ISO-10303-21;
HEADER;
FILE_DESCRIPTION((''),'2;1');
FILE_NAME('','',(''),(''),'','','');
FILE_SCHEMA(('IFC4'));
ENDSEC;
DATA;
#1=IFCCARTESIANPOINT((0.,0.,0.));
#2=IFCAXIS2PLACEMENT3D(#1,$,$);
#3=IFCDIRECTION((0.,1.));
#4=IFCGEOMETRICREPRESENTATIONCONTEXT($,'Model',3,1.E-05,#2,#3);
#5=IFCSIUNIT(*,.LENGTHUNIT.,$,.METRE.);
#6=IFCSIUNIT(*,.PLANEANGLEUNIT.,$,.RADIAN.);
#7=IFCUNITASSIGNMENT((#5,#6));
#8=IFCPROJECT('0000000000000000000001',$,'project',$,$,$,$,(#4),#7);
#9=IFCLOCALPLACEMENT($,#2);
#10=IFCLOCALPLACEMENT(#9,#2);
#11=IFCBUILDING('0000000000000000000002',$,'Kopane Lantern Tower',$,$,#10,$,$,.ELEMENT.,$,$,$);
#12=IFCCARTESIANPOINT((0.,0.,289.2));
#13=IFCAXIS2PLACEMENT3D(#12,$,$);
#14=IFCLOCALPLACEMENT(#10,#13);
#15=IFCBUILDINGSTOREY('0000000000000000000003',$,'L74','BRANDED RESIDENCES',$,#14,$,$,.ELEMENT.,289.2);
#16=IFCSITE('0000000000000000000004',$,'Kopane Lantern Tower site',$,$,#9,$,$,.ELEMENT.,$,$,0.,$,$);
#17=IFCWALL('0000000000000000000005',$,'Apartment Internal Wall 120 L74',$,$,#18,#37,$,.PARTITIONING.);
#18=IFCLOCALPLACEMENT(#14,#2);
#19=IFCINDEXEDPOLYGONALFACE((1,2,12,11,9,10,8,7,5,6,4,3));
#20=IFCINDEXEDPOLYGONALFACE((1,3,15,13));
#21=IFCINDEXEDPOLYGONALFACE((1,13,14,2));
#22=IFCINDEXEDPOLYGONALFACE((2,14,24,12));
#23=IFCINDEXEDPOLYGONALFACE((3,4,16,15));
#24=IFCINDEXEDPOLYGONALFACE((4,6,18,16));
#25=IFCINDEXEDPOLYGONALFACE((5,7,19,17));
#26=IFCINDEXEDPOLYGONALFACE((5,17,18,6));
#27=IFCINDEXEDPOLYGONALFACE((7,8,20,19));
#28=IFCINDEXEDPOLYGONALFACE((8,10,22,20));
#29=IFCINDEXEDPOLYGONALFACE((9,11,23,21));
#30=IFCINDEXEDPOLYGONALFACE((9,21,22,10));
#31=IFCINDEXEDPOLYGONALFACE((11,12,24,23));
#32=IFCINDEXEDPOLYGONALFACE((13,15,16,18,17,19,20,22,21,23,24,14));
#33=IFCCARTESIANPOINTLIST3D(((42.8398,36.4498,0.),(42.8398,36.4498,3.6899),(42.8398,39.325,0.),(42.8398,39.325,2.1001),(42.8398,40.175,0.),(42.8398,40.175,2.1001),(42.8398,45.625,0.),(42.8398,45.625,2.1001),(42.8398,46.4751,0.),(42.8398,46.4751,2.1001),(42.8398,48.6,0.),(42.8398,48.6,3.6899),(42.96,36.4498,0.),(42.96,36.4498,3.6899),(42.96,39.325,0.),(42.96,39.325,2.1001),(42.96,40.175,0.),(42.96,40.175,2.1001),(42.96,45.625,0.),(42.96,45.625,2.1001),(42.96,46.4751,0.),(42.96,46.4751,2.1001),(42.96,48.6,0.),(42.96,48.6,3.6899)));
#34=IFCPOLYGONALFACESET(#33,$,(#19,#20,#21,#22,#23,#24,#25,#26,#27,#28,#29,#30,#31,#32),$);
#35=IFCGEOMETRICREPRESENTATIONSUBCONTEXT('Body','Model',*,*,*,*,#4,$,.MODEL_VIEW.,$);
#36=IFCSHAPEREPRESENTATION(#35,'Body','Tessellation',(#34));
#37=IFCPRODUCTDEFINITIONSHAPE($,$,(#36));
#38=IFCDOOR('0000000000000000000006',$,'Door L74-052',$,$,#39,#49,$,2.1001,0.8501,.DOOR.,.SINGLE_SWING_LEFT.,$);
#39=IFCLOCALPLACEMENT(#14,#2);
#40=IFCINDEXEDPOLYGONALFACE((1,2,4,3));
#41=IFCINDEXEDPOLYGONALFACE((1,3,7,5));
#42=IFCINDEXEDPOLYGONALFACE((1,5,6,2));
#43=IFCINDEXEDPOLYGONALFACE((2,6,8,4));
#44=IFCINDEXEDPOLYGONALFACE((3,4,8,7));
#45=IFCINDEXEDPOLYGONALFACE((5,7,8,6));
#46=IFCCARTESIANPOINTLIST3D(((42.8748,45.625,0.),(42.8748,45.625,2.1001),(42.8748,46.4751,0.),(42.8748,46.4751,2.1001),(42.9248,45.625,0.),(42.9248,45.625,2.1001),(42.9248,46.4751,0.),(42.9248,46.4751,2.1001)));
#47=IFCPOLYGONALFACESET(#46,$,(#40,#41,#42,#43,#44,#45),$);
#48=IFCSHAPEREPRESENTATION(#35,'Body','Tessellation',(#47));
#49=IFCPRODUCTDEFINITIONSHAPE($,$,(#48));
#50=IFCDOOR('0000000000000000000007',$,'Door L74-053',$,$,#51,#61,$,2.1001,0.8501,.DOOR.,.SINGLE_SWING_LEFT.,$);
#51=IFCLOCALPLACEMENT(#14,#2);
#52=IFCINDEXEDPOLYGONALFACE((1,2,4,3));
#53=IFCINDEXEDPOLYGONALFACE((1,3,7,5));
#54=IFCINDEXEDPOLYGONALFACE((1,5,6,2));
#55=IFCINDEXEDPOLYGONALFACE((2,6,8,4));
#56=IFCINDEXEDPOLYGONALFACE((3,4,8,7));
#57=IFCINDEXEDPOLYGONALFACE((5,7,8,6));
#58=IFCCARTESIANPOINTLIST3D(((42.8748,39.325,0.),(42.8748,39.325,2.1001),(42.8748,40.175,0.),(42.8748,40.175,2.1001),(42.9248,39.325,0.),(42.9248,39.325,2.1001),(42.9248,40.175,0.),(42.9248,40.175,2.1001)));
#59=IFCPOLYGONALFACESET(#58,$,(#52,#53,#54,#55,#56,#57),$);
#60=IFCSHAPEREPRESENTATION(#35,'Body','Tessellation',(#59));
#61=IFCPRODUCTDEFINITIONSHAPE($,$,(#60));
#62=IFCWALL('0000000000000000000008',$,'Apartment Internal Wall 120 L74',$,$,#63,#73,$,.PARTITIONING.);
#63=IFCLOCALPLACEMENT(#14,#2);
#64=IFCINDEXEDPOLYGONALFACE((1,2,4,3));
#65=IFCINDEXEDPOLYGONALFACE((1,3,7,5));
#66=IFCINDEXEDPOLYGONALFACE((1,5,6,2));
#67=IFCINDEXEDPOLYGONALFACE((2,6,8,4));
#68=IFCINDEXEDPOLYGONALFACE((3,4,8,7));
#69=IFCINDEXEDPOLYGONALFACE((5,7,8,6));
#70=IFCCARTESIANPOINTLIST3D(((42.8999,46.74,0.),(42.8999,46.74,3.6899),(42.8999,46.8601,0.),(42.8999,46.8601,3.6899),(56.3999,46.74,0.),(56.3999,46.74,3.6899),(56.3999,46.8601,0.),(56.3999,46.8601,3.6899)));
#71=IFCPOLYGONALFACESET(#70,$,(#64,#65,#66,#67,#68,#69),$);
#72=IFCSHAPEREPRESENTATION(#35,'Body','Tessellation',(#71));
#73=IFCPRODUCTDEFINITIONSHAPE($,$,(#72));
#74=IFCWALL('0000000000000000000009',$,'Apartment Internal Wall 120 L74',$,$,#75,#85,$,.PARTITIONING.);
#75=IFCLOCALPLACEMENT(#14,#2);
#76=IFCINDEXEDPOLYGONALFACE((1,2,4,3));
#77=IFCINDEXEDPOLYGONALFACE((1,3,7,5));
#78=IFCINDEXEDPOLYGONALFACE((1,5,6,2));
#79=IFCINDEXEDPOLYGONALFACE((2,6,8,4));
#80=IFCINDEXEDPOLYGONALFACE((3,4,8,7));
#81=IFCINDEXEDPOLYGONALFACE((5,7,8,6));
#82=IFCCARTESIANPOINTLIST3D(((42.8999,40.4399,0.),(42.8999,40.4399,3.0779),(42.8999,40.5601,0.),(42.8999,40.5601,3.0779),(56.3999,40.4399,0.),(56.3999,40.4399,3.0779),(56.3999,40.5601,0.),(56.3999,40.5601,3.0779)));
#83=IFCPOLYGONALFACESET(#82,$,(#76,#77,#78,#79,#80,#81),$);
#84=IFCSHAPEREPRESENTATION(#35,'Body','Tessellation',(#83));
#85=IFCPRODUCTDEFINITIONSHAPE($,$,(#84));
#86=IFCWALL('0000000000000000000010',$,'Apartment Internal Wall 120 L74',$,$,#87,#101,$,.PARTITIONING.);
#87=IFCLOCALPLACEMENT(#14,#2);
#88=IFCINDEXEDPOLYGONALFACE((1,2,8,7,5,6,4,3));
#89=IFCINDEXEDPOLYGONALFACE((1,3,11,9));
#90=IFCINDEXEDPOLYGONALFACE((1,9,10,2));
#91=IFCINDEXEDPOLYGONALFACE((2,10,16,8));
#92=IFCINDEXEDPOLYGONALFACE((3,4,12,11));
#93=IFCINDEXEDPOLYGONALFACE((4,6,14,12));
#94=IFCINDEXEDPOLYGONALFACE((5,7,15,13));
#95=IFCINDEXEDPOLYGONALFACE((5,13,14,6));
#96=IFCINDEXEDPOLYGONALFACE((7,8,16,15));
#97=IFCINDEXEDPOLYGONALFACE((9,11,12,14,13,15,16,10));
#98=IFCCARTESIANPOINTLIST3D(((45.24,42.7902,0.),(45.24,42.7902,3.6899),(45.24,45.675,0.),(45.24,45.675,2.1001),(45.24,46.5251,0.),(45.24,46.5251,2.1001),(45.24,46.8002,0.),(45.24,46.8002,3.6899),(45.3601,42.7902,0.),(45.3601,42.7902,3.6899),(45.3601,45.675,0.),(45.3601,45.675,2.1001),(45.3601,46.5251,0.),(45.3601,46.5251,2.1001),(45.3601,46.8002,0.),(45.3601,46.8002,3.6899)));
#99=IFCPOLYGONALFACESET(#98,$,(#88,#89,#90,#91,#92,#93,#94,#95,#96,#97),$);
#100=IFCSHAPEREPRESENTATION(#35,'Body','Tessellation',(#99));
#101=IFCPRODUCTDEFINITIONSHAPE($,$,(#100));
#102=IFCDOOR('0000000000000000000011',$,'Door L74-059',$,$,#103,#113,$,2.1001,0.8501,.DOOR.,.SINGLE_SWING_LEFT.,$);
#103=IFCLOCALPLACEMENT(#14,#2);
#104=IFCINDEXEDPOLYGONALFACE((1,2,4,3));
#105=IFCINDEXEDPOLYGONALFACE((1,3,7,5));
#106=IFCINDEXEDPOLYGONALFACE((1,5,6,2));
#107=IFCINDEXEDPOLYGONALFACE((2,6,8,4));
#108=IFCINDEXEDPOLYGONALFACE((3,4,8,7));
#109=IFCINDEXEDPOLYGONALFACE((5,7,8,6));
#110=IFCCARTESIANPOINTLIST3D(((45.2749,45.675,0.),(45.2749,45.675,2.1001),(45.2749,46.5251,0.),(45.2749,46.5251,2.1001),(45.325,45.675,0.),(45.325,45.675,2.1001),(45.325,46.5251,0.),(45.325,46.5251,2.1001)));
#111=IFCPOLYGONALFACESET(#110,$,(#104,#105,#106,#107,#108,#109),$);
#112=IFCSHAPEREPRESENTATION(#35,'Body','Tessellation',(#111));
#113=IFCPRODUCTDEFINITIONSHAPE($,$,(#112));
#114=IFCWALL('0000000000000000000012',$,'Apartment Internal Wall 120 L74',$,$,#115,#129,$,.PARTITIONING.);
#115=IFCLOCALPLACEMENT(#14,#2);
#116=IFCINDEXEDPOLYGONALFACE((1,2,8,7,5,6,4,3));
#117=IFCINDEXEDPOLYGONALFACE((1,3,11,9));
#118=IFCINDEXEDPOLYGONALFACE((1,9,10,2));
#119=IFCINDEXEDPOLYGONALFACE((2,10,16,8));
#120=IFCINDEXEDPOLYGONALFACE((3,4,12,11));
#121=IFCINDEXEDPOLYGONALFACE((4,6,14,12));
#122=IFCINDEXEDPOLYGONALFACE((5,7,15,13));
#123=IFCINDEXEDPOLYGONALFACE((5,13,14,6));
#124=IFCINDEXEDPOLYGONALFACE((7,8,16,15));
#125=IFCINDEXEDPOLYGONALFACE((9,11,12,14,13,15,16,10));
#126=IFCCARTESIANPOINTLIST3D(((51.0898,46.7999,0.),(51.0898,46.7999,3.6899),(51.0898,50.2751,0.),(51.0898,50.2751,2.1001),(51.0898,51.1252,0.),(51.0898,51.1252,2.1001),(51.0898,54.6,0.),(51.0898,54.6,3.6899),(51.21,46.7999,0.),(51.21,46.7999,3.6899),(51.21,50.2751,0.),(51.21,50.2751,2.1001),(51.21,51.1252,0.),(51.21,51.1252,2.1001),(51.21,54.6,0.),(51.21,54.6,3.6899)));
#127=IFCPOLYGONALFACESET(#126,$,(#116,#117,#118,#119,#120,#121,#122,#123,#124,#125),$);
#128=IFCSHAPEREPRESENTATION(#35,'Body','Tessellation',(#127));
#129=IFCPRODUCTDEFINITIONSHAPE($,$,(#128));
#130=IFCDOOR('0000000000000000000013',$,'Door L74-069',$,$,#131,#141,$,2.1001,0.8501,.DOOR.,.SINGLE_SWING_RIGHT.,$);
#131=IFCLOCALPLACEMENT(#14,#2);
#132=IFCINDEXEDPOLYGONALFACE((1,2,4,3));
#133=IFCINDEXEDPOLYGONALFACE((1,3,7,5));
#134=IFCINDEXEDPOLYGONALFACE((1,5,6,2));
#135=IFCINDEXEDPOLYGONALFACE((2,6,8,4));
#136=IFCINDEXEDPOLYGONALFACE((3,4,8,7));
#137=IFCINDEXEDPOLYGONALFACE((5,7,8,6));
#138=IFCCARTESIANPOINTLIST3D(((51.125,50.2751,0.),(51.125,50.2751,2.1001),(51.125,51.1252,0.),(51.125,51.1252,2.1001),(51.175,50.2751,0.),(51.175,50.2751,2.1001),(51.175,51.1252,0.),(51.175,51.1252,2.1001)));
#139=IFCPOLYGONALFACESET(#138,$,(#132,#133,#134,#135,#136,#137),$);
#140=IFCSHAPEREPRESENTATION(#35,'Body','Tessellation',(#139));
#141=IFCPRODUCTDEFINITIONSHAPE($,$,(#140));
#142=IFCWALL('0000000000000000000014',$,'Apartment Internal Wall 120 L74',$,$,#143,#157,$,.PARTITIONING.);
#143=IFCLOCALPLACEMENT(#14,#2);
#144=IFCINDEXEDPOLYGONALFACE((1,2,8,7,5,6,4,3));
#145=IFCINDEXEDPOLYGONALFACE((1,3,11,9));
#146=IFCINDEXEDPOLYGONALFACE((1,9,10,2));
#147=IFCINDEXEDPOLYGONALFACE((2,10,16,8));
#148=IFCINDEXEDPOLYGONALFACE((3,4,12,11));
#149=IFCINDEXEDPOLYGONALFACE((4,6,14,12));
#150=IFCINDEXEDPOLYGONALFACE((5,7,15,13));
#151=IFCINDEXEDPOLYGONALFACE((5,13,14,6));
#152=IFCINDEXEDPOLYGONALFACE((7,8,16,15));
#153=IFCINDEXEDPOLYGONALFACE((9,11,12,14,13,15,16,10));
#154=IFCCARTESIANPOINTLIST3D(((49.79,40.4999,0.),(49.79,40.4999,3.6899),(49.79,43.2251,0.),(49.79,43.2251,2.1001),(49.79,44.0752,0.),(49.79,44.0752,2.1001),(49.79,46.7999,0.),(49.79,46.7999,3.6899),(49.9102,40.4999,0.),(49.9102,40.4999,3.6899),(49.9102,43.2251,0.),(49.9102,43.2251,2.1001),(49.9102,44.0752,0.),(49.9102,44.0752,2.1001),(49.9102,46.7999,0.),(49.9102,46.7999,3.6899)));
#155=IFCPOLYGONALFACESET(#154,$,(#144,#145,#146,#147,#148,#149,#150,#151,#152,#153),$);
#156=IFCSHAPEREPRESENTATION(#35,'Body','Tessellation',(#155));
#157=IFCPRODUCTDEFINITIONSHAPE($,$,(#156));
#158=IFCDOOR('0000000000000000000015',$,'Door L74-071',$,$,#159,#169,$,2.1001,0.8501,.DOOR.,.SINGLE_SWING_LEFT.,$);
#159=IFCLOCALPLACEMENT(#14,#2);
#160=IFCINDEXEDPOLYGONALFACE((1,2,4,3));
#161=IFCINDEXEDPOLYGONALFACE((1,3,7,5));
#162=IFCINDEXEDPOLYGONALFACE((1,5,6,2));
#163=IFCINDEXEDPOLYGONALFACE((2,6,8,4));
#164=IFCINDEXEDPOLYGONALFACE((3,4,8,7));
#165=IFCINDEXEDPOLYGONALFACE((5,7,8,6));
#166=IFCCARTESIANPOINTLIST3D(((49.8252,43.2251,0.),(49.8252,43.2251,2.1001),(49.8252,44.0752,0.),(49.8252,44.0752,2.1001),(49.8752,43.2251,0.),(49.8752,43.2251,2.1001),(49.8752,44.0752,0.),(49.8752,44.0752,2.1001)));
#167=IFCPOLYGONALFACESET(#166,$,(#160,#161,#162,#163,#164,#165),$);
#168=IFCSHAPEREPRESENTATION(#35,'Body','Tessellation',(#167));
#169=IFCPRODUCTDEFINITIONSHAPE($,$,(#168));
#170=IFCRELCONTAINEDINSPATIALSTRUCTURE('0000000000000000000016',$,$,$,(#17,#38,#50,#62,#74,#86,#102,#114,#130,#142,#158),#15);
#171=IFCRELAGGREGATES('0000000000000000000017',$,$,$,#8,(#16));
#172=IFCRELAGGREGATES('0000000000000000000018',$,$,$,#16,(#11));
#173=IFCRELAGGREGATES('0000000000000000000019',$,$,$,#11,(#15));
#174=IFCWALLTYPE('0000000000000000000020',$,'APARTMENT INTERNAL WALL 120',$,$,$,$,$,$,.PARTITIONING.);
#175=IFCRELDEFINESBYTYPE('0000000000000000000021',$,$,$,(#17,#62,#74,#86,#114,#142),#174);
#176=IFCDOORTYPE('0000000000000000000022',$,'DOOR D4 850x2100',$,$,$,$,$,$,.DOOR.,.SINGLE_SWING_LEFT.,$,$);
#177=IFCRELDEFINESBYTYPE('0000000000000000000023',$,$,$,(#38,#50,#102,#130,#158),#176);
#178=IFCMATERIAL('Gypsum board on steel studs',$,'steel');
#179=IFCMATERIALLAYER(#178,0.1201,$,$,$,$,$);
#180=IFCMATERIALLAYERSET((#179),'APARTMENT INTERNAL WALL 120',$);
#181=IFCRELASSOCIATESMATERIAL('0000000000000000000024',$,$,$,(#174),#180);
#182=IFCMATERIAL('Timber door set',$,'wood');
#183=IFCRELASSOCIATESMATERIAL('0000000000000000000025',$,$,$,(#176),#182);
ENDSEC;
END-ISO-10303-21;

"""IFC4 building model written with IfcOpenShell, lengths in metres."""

from ifc_helpers import new_model, si_unit, direction, frame, frame_2d, origin, place, context, subcontext, project, spatial, rectangle, extrude, material, layer, layer_set, type_object, element, fill, save


model = new_model("IFC4")

# Units and contexts
model_context = context("Model", 3, precision=1e-05, world=origin(), true_north=direction((0.0, 1.0)))
body_context = subcontext(model_context, "Body", "Model", "MODEL_VIEW")
ifc_project = project(units=[si_unit("LENGTHUNIT", "METRE"), si_unit("PLANEANGLEUNIT", "RADIAN")], contexts=[model_context])

# Site, building, storey
site_placement = place(None, origin())
site = spatial("IfcSite", under=ifc_project, at=site_placement, Name="Kopane Lantern Tower site", CompositionType="ELEMENT", RefElevation=0.0)
building_placement = place(site_placement, origin())
building = spatial("IfcBuilding", under=site, at=building_placement, Name="Kopane Lantern Tower", CompositionType="ELEMENT")
storey_placement = place(building_placement, frame((0.0, 0.0, 289.2)))
storey = spatial("IfcBuildingStorey", under=building, at=storey_placement, Name="L74", Description="BRANDED RESIDENCES", CompositionType="ELEMENT", Elevation=289.2)

# Wall, openings, doors
ifc_material_1 = material(Name="Gypsum board on steel studs", Category="steel")
ifc_layer_1 = layer(ifc_material_1, 0.1201)
ifc_layer_set_1 = layer_set([ifc_layer_1], Name="APARTMENT INTERNAL WALL 120")
wall_type_1 = type_object("IfcWallType", Name="APARTMENT INTERNAL WALL 120", PredefinedType="PARTITIONING", material=ifc_layer_set_1)
wall_1_placement = place(storey_placement, frame((42.8999, 48.6001, 0.0), z_axis=(0.0, 0.0, 1.0), x_axis=(0.0, -1.0, 0.0)))
wall_1 = element("IfcWall", 1, at=wall_1_placement, inside=storey, type_object=wall_type_1, Name="Apartment Internal Wall 120 L74", PredefinedType="PARTITIONING", context=body_context, shape_type="SweptSolid", body=[
    extrude(rectangle(XDim=12.1501, YDim=0.1201, at=frame_2d((6.0752, 0.0))), origin(), (0.0, 0.0, 1.0), 3.6899),
])
opening_1_placement = place(wall_1_placement, frame((2.125, 0.0, 0.0)))
opening_1 = element("IfcOpeningElement", 2, at=opening_1_placement, cuts=wall_1, PredefinedType="OPENING", context=body_context, shape_type="SweptSolid", body=[
    extrude(rectangle(XDim=0.8501, YDim=2.1001, at=frame_2d((0.425, 1.05))), frame((0.0, 0.0701, 0.0), z_axis=(0.0, -1.0, 0.0), x_axis=(1.0, 0.0, 0.0)), (0.0, 0.0, 1.0), 0.1401),
])
opening_2_placement = place(wall_1_placement, frame((8.425, 0.0, 0.0)))
opening_2 = element("IfcOpeningElement", 3, at=opening_2_placement, cuts=wall_1, PredefinedType="OPENING", context=body_context, shape_type="SweptSolid", body=[
    extrude(rectangle(XDim=0.8501, YDim=2.1001, at=frame_2d((0.425, 1.05))), frame((0.0, 0.0701, 0.0), z_axis=(0.0, -1.0, 0.0), x_axis=(1.0, 0.0, 0.0)), (0.0, 0.0, 1.0), 0.1401),
])
ifc_material_2 = material(Name="Timber door set", Category="wood")
door_type_1 = type_object("IfcDoorType", Name="DOOR D4 850x2100", OperationType="SINGLE_SWING_LEFT", PredefinedType="DOOR", material=ifc_material_2)
door_1_placement = place(opening_1_placement, origin())
door_1 = element("IfcDoor", 4, at=door_1_placement, inside=storey, type_object=door_type_1, Name="Door L74-052", OperationType="SINGLE_SWING_LEFT", OverallHeight=2.1001, OverallWidth=0.8501, PredefinedType="DOOR", context=body_context, shape_type="SweptSolid", body=[
    extrude(rectangle(XDim=0.8501, YDim=2.1001, at=frame_2d((0.425, 1.05))), frame((0.0, 0.0249, 0.0), z_axis=(0.0, -1.0, 0.0), x_axis=(1.0, 0.0, 0.0)), (0.0, 0.0, 1.0), 0.05),
])
fill(opening_1, door_1)
door_2_placement = place(opening_2_placement, origin())
door_2 = element("IfcDoor", 5, at=door_2_placement, inside=storey, type_object=door_type_1, Name="Door L74-053", OperationType="SINGLE_SWING_LEFT", OverallHeight=2.1001, OverallWidth=0.8501, PredefinedType="DOOR", context=body_context, shape_type="SweptSolid", body=[
    extrude(rectangle(XDim=0.8501, YDim=2.1001, at=frame_2d((0.425, 1.05))), frame((0.0, 0.0249, 0.0), z_axis=(0.0, -1.0, 0.0), x_axis=(1.0, 0.0, 0.0)), (0.0, 0.0, 1.0), 0.05),
])
fill(opening_2, door_2)

# Walls
wall_2_placement = place(storey_placement, frame((42.8999, 46.8, 0.0), z_axis=(0.0, 0.0, 1.0), x_axis=(1.0, 0.0, 0.0)))
element("IfcWall", 6, at=wall_2_placement, inside=storey, type_object=wall_type_1, Name="Apartment Internal Wall 120 L74", PredefinedType="PARTITIONING", context=body_context, shape_type="SweptSolid", body=[
    extrude(rectangle(XDim=13.5, YDim=0.1201, at=frame_2d((6.75, 0.0))), origin(), (0.0, 0.0, 1.0), 3.6899),
])
wall_3_placement = place(storey_placement, frame((42.8999, 40.5, 0.0), z_axis=(0.0, 0.0, 1.0), x_axis=(1.0, 0.0, 0.0)))
element("IfcWall", 7, at=wall_3_placement, inside=storey, type_object=wall_type_1, Name="Apartment Internal Wall 120 L74", PredefinedType="PARTITIONING", context=body_context, shape_type="SweptSolid", body=[
    extrude(rectangle(XDim=13.5, YDim=0.1201, at=frame_2d((6.75, 0.0))), origin(), (0.0, 0.0, 1.0), 3.0779),
])

# Walls, openings, doors
wall_4_placement = place(storey_placement, frame((45.3, 46.8, 0.0), z_axis=(0.0, 0.0, 1.0), x_axis=(0.0, -1.0, 0.0)))
wall_4 = element("IfcWall", 8, at=wall_4_placement, inside=storey, type_object=wall_type_1, Name="Apartment Internal Wall 120 L74", PredefinedType="PARTITIONING", context=body_context, shape_type="SweptSolid", body=[
    extrude(rectangle(XDim=4.01, YDim=0.1201, at=frame_2d((2.0049, 0.0))), origin(), (0.0, 0.0, 1.0), 3.6899),
])
opening_3_placement = place(wall_4_placement, frame((0.2749, 0.0, 0.0)))
opening_3 = element("IfcOpeningElement", 9, at=opening_3_placement, cuts=wall_4, PredefinedType="OPENING", context=body_context, shape_type="SweptSolid", body=[
    extrude(rectangle(XDim=0.8501, YDim=2.1001, at=frame_2d((0.425, 1.05))), frame((0.0, 0.0701, 0.0), z_axis=(0.0, -1.0, 0.0), x_axis=(1.0, 0.0, 0.0)), (0.0, 0.0, 1.0), 0.1401),
])
door_3_placement = place(opening_3_placement, origin())
door_3 = element("IfcDoor", 10, at=door_3_placement, inside=storey, type_object=door_type_1, Name="Door L74-059", OperationType="SINGLE_SWING_LEFT", OverallHeight=2.1001, OverallWidth=0.8501, PredefinedType="DOOR", context=body_context, shape_type="SweptSolid", body=[
    extrude(rectangle(XDim=0.8501, YDim=2.1001, at=frame_2d((0.425, 1.05))), frame((0.0, 0.0249, 0.0), z_axis=(0.0, -1.0, 0.0), x_axis=(1.0, 0.0, 0.0)), (0.0, 0.0, 1.0), 0.05),
])
fill(opening_3, door_3)
wall_5_placement = place(storey_placement, frame((51.1499, 46.8, 0.0), z_axis=(0.0, 0.0, 1.0), x_axis=(0.0, 1.0, 0.0)))
wall_5 = element("IfcWall", 11, at=wall_5_placement, inside=storey, type_object=wall_type_1, Name="Apartment Internal Wall 120 L74", PredefinedType="PARTITIONING", context=body_context, shape_type="SweptSolid", body=[
    extrude(rectangle(XDim=7.8, YDim=0.1201, at=frame_2d((3.8999, 0.0))), origin(), (0.0, 0.0, 1.0), 3.6899),
])
opening_4_placement = place(wall_5_placement, frame((3.4751, 0.0, 0.0)))
opening_4 = element("IfcOpeningElement", 12, at=opening_4_placement, cuts=wall_5, PredefinedType="OPENING", context=body_context, shape_type="SweptSolid", body=[
    extrude(rectangle(XDim=0.8501, YDim=2.1001, at=frame_2d((0.425, 1.05))), frame((0.0, 0.0701, 0.0), z_axis=(0.0, -1.0, 0.0), x_axis=(1.0, 0.0, 0.0)), (0.0, 0.0, 1.0), 0.1401),
])
door_4_placement = place(opening_4_placement, origin())
door_4 = element("IfcDoor", 13, at=door_4_placement, inside=storey, type_object=door_type_1, Name="Door L74-069", OperationType="SINGLE_SWING_RIGHT", OverallHeight=2.1001, OverallWidth=0.8501, PredefinedType="DOOR", context=body_context, shape_type="SweptSolid", body=[
    extrude(rectangle(XDim=0.8501, YDim=2.1001, at=frame_2d((0.425, 1.05))), frame((0.0, 0.0249, 0.0), z_axis=(0.0, -1.0, 0.0), x_axis=(1.0, 0.0, 0.0)), (0.0, 0.0, 1.0), 0.05),
])
fill(opening_4, door_4)
wall_6_placement = place(storey_placement, frame((49.8501, 40.5, 0.0), z_axis=(0.0, 0.0, 1.0), x_axis=(0.0, 1.0, 0.0)))
wall_6 = element("IfcWall", 14, at=wall_6_placement, inside=storey, type_object=wall_type_1, Name="Apartment Internal Wall 120 L74", PredefinedType="PARTITIONING", context=body_context, shape_type="SweptSolid", body=[
    extrude(rectangle(XDim=6.3, YDim=0.1201, at=frame_2d((3.1499, 0.0))), origin(), (0.0, 0.0, 1.0), 3.6899),
])
opening_5_placement = place(wall_6_placement, frame((2.7251, 0.0, 0.0)))
opening_5 = element("IfcOpeningElement", 15, at=opening_5_placement, cuts=wall_6, PredefinedType="OPENING", context=body_context, shape_type="SweptSolid", body=[
    extrude(rectangle(XDim=0.8501, YDim=2.1001, at=frame_2d((0.425, 1.05))), frame((0.0, 0.0701, 0.0), z_axis=(0.0, -1.0, 0.0), x_axis=(1.0, 0.0, 0.0)), (0.0, 0.0, 1.0), 0.1401),
])
door_5_placement = place(opening_5_placement, origin())
door_5 = element("IfcDoor", 16, at=door_5_placement, inside=storey, type_object=door_type_1, Name="Door L74-071", OperationType="SINGLE_SWING_LEFT", OverallHeight=2.1001, OverallWidth=0.8501, PredefinedType="DOOR", context=body_context, shape_type="SweptSolid", body=[
    extrude(rectangle(XDim=0.8501, YDim=2.1001, at=frame_2d((0.425, 1.05))), frame((0.0, 0.0249, 0.0), z_axis=(0.0, -1.0, 0.0), x_axis=(1.0, 0.0, 0.0)), (0.0, 0.0, 1.0), 0.05),
])
fill(opening_5, door_5)

save(model, "model.ifc")
